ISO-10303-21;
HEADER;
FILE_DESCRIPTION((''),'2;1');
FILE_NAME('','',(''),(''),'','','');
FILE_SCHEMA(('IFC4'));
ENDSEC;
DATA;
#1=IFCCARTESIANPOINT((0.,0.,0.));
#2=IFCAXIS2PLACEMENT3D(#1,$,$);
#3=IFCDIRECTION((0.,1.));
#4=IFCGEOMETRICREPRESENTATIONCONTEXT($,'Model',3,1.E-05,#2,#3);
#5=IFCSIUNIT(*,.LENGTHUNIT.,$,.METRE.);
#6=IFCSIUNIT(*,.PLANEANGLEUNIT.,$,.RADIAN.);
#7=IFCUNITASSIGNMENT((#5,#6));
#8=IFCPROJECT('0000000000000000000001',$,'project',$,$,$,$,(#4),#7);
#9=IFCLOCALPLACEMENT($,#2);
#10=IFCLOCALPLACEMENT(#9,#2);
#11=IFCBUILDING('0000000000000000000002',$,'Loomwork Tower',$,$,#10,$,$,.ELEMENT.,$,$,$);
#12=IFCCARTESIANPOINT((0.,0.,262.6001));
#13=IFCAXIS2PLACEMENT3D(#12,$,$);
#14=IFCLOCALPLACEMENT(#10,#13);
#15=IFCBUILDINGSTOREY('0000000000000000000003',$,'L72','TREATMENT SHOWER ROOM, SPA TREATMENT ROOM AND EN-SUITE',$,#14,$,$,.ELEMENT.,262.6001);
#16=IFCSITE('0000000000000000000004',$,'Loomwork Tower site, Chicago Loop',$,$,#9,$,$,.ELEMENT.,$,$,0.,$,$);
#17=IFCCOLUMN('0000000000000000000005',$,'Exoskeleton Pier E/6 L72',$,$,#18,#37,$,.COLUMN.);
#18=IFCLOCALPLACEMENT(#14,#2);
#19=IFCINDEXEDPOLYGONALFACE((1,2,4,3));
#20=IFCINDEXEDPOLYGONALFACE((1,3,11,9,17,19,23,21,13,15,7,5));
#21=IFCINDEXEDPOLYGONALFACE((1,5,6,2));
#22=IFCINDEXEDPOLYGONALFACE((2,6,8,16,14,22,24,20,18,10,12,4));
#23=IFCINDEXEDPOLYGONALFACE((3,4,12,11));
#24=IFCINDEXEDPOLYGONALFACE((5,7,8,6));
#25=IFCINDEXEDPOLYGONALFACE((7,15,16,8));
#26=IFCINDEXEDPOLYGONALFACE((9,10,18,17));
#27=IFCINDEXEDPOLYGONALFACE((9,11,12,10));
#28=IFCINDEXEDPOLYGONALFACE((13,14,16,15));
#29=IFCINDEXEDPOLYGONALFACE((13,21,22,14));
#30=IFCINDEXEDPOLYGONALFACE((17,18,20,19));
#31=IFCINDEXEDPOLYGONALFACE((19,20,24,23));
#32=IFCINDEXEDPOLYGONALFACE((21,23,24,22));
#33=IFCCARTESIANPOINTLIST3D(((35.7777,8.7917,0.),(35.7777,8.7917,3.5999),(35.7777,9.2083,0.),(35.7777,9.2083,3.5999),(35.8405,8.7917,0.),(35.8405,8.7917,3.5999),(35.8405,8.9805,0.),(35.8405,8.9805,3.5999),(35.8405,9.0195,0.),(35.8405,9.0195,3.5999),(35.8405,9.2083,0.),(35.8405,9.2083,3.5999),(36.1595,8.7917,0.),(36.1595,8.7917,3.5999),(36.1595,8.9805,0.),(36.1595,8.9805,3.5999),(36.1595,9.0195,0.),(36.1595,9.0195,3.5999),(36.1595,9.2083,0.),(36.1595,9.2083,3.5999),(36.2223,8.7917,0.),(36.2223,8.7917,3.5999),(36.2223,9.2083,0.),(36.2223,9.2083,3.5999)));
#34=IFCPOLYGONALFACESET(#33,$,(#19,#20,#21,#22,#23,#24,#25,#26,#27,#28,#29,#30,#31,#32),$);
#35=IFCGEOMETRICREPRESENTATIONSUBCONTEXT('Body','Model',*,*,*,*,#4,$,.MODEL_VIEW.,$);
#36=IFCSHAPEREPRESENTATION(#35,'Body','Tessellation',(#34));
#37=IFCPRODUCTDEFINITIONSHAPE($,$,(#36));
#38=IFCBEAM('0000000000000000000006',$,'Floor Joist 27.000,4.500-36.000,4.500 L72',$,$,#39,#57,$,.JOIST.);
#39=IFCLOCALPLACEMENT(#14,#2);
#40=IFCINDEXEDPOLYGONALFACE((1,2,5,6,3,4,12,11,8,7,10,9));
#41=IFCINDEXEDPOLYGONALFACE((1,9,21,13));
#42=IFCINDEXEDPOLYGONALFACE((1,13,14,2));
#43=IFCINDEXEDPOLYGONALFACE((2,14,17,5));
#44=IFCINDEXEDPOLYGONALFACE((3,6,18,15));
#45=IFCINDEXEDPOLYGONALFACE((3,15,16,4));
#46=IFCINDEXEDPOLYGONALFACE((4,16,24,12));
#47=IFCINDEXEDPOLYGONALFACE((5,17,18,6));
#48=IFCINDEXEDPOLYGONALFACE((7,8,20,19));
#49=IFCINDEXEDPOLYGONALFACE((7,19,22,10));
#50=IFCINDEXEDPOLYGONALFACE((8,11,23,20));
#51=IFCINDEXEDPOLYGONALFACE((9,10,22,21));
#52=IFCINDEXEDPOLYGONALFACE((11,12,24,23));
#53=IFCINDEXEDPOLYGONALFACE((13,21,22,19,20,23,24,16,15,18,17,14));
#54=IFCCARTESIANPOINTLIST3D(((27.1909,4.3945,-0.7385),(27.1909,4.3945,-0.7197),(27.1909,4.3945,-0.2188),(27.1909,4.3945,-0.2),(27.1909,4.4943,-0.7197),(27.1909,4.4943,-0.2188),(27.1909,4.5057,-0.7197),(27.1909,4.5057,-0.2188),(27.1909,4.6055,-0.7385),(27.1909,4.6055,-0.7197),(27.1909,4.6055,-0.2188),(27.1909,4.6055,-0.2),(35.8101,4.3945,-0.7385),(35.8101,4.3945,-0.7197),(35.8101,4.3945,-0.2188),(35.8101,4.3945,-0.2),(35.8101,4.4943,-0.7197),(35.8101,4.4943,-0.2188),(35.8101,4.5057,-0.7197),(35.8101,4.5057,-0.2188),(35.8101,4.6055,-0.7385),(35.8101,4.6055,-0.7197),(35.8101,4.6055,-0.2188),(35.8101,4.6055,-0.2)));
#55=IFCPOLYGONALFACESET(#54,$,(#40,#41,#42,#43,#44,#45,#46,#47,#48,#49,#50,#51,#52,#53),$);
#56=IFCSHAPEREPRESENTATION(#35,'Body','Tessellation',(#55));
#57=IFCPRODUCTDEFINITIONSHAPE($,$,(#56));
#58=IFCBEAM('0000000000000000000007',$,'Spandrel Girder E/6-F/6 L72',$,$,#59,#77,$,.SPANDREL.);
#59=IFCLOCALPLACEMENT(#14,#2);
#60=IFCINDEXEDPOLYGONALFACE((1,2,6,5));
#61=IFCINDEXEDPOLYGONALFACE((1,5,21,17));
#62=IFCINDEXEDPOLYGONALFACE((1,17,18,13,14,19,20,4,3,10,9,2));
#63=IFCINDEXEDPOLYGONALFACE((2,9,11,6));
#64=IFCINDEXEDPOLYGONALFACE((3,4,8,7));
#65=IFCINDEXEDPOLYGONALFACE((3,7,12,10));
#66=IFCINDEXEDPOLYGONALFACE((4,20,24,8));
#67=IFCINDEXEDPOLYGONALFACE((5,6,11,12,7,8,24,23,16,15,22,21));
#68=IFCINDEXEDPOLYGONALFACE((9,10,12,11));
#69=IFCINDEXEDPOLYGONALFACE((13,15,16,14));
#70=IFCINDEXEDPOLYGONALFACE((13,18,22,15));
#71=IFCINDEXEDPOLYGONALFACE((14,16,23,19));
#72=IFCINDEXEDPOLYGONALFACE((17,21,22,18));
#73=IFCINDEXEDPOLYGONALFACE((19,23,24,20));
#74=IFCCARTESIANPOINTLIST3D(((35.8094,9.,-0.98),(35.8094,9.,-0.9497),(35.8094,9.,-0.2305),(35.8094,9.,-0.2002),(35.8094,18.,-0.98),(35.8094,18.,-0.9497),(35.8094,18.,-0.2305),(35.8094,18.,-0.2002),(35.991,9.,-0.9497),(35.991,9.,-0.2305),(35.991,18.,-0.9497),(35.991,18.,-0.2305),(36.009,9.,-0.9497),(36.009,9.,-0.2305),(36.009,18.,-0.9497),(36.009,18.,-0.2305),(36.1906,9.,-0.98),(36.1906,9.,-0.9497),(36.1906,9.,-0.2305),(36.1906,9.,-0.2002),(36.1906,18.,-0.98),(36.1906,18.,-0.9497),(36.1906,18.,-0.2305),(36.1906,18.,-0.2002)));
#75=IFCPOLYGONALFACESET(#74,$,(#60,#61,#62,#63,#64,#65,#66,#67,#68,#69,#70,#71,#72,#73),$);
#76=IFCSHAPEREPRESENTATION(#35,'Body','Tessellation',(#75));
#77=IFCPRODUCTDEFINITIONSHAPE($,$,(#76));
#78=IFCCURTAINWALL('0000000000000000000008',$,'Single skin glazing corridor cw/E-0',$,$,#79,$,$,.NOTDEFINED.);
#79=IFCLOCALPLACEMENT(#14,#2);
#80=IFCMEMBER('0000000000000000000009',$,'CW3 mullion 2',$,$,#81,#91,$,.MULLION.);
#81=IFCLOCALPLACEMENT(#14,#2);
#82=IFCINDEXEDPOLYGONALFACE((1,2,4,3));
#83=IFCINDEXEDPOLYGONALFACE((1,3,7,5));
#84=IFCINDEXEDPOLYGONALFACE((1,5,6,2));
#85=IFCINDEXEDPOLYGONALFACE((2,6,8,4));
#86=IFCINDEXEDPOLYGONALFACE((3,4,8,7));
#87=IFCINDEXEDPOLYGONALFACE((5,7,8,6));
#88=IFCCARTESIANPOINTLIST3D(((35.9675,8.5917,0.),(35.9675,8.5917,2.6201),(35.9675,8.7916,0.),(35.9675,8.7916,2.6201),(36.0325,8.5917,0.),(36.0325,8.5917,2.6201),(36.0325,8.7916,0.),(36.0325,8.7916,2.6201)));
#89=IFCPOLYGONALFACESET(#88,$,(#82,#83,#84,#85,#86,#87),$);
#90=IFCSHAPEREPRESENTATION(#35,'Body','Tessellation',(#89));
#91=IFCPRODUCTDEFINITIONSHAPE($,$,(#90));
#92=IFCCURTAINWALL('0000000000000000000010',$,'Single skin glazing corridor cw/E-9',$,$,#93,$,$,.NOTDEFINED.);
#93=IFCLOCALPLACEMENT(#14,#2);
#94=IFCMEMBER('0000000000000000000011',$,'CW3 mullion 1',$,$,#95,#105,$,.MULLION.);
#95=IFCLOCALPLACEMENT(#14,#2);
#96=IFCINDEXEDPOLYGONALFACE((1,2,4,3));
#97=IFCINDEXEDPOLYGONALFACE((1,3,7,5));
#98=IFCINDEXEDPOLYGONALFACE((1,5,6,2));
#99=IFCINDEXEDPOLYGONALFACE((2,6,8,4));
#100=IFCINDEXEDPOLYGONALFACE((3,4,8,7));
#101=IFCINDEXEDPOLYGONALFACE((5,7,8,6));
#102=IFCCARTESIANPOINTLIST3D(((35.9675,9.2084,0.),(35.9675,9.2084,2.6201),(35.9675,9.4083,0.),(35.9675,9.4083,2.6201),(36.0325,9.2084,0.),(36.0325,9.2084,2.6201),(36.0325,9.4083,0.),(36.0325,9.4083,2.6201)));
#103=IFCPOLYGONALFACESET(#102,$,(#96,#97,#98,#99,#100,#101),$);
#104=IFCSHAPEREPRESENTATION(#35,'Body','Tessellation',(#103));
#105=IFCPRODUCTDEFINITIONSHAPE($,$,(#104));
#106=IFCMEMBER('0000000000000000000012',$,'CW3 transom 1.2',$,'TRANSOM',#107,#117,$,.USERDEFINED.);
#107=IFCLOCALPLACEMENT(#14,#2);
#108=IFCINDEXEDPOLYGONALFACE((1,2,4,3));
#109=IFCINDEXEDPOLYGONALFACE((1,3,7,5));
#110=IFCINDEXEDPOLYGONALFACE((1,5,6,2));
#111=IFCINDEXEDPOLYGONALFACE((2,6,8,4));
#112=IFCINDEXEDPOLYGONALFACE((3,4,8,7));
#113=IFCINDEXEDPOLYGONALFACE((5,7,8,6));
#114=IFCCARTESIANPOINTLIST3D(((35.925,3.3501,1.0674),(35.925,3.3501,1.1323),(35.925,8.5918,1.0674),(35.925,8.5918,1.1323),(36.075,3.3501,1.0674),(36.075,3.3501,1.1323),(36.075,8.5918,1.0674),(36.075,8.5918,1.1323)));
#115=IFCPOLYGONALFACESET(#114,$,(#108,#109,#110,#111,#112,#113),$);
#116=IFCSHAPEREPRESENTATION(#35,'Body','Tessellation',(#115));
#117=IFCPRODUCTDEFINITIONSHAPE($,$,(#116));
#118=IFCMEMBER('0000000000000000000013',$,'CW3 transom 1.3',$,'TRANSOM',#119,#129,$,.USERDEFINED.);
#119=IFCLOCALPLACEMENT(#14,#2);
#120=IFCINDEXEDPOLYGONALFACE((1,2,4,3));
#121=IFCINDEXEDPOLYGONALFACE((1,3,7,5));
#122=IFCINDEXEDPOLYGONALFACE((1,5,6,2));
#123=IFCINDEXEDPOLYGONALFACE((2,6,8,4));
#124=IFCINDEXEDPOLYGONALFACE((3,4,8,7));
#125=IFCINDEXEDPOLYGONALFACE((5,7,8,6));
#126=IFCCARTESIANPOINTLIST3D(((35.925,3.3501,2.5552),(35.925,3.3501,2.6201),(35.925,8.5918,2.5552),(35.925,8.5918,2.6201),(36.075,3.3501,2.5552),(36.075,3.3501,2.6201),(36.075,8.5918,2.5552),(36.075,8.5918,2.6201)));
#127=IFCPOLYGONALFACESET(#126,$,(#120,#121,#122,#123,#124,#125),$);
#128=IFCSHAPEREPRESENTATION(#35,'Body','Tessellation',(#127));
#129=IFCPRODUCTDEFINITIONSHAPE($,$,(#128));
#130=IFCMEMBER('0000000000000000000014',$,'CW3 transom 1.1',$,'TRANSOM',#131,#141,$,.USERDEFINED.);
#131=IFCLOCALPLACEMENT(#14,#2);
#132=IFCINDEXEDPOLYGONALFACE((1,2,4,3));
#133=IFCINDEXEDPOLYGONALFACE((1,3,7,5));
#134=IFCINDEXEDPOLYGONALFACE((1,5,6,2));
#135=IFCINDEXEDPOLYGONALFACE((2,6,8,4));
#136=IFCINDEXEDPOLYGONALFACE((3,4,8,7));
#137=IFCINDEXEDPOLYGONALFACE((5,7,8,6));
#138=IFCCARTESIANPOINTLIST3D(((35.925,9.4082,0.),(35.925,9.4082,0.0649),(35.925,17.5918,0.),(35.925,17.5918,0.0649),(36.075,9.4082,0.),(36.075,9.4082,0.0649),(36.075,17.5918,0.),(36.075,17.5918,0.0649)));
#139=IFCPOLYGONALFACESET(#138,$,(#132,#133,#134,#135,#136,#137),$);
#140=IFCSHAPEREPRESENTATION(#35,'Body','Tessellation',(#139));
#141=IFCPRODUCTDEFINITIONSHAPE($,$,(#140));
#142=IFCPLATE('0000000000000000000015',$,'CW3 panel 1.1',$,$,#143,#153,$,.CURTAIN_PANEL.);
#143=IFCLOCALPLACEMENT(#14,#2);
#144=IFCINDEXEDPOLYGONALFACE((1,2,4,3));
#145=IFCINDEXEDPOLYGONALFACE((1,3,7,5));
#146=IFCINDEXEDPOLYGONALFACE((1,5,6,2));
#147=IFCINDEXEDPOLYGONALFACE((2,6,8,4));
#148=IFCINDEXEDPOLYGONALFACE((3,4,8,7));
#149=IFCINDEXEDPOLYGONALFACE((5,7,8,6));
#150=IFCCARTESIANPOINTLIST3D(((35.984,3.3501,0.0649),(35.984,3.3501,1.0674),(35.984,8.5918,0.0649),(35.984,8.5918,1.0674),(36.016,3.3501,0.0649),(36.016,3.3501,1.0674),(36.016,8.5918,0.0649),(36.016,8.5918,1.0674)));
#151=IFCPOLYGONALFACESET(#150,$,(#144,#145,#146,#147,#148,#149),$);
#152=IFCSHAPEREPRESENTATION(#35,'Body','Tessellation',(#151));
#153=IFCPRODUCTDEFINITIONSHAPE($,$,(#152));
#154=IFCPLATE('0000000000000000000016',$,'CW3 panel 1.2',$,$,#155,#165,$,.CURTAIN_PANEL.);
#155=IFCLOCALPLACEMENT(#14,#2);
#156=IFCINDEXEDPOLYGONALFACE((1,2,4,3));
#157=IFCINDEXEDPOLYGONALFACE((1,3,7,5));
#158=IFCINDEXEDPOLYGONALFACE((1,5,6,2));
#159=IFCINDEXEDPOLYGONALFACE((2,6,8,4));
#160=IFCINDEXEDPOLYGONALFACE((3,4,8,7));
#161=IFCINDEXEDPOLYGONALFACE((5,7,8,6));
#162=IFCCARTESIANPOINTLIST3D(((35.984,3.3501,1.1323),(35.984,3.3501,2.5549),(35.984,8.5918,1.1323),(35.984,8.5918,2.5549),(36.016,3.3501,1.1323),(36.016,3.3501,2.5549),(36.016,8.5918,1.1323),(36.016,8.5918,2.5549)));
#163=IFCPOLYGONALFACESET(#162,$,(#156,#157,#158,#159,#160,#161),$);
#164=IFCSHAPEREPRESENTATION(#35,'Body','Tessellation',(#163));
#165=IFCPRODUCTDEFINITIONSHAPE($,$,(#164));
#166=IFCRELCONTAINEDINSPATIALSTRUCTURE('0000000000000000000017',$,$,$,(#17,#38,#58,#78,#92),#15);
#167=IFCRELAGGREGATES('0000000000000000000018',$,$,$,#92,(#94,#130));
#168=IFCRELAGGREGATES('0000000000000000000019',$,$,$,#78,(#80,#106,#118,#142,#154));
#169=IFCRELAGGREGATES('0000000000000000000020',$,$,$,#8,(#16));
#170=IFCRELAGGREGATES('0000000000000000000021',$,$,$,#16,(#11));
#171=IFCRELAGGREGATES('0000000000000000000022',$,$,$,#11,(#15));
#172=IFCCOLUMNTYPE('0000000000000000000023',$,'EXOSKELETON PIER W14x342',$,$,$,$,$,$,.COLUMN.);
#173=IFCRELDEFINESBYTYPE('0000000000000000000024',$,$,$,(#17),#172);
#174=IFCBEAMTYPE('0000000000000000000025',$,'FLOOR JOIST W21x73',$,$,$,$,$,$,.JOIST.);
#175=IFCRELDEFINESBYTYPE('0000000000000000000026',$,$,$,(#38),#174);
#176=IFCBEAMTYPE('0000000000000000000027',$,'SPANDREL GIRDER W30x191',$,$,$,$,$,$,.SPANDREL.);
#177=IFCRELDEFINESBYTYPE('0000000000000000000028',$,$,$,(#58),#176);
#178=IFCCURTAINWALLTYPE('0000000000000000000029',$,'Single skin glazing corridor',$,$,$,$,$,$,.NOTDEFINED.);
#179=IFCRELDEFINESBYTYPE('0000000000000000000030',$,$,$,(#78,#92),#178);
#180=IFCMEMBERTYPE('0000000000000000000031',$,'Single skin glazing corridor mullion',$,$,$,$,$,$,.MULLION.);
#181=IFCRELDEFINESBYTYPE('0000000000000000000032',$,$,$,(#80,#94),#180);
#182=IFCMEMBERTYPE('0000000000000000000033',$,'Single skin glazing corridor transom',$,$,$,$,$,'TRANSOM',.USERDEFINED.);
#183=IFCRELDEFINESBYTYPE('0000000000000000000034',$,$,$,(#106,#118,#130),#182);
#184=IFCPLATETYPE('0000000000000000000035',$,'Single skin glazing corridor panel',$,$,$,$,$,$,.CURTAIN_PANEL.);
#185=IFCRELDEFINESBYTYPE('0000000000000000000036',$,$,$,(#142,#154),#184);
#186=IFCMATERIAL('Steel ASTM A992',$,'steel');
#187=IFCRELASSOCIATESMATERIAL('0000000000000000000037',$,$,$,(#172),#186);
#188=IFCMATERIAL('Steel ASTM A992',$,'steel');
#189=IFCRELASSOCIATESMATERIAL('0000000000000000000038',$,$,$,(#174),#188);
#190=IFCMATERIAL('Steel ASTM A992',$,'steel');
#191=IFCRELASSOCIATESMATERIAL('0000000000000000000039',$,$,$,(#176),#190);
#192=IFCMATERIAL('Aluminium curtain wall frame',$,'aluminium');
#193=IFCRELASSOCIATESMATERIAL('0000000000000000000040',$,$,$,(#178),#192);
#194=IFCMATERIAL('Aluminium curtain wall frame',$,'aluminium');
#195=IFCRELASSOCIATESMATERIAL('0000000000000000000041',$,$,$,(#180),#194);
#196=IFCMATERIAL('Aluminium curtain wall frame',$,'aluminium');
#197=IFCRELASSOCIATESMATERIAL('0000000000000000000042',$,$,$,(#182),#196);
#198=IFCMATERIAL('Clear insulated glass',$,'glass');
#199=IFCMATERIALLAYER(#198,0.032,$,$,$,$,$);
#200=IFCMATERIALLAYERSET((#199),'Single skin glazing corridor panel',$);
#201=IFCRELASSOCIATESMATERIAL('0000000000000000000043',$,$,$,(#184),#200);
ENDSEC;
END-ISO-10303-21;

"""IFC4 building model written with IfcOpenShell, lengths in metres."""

from ifc_helpers import new_model, si_unit, direction, frame, origin, origin_2d, place, context, subcontext, project, spatial, rectangle, i_section, extrude, material, layer, layer_set, material_profile, profile_set, type_object, element, aggregate, save


model = new_model("IFC4")

# Units and contexts
model_context = context("Model", 3, precision=1e-05, world=origin(), true_north=direction((0.0, 1.0)))
body_context = subcontext(model_context, "Body", "Model", "MODEL_VIEW")
ifc_project = project(units=[si_unit("LENGTHUNIT", "METRE"), si_unit("PLANEANGLEUNIT", "RADIAN")], contexts=[model_context])

# Site, building, storey
site_placement = place(None, origin())
site = spatial("IfcSite", under=ifc_project, at=site_placement, Name="Loomwork Tower site, Chicago Loop", CompositionType="ELEMENT", RefElevation=0.0)
building_placement = place(site_placement, origin())
building = spatial("IfcBuilding", under=site, at=building_placement, Name="Loomwork Tower", CompositionType="ELEMENT")
storey_placement = place(building_placement, frame((0.0, 0.0, 262.6001)))
storey = spatial("IfcBuildingStorey", under=building, at=storey_placement, Name="L72", Description="TREATMENT SHOWER ROOM, SPA TREATMENT ROOM AND EN-SUITE", CompositionType="ELEMENT", Elevation=262.6001)

# Column
ifc_material_1 = material(Name="Steel ASTM A992", Category="steel")
ifc_material_profile_1 = material_profile(ifc_material_1, i_section(OverallWidth=0.4165, OverallDepth=0.4446, WebThickness=0.0391, FlangeThickness=0.0627, at=origin_2d()), Name="W14x342")
ifc_profile_set_1 = profile_set([ifc_material_profile_1], Name="Steel ASTM A992")
column_type = type_object("IfcColumnType", Name="EXOSKELETON PIER W14x342", PredefinedType="COLUMN", material=ifc_profile_set_1)
column_placement = place(storey_placement, frame((36.0, 9.0, 0.0), z_axis=(0.0, 0.0, 1.0), x_axis=(0.0, 1.0, 0.0)))
element("IfcColumn", 1, at=column_placement, inside=storey, type_object=column_type, Name="Exoskeleton Pier E/6 L72", PredefinedType="COLUMN", context=body_context, shape_type="SweptSolid", body=[
    extrude(i_section(OverallWidth=0.4165, OverallDepth=0.4446, WebThickness=0.0391, FlangeThickness=0.0627, at=origin_2d()), origin(), (0.0, 0.0, 1.0), 3.5999),
])

# Beams
ifc_material_2 = material(Name="Steel ASTM A992", Category="steel")
ifc_material_profile_2 = material_profile(ifc_material_2, i_section(OverallWidth=0.2109, OverallDepth=0.5386, WebThickness=0.0115, FlangeThickness=0.0188, at=origin_2d()), Name="W21x73")
ifc_profile_set_2 = profile_set([ifc_material_profile_2], Name="Steel ASTM A992")
beam_type_1 = type_object("IfcBeamType", Name="FLOOR JOIST W21x73", PredefinedType="JOIST", material=ifc_profile_set_2)
beam_1_placement = place(storey_placement, frame((27.1909, 4.5, -0.4692), z_axis=(1.0, 0.0, 0.0), x_axis=(0.0, 1.0, 0.0)))
element("IfcBeam", 2, at=beam_1_placement, inside=storey, type_object=beam_type_1, Name="Floor Joist 27.000,4.500-36.000,4.500 L72", PredefinedType="JOIST", context=body_context, shape_type="SweptSolid", body=[
    extrude(i_section(OverallWidth=0.2109, OverallDepth=0.5386, WebThickness=0.0115, FlangeThickness=0.0188, at=origin_2d()), origin(), (0.0, 0.0, 1.0), 8.6191),
])
ifc_material_3 = material(Name="Steel ASTM A992", Category="steel")
ifc_material_profile_3 = material_profile(ifc_material_3, i_section(OverallWidth=0.3811, OverallDepth=0.7798, WebThickness=0.0181, FlangeThickness=0.0303, at=origin_2d()), Name="W30x191")
ifc_profile_set_3 = profile_set([ifc_material_profile_3], Name="Steel ASTM A992")
beam_type_2 = type_object("IfcBeamType", Name="SPANDREL GIRDER W30x191", PredefinedType="SPANDREL", material=ifc_profile_set_3)
beam_2_placement = place(storey_placement, frame((36.0, 9.0, -0.5901), z_axis=(0.0, 1.0, 0.0), x_axis=(-1.0, 0.0, 0.0)))
element("IfcBeam", 3, at=beam_2_placement, inside=storey, type_object=beam_type_2, Name="Spandrel Girder E/6-F/6 L72", PredefinedType="SPANDREL", context=body_context, shape_type="SweptSolid", body=[
    extrude(i_section(OverallWidth=0.3811, OverallDepth=0.7798, WebThickness=0.0181, FlangeThickness=0.0303, at=origin_2d()), origin(), (0.0, 0.0, 1.0), 9.0),
])

# Curtain walls, members
ifc_material_4 = material(Name="Aluminium curtain wall frame", Category="aluminium")
curtain_wall_type = type_object("IfcCurtainWallType", Name="Single skin glazing corridor", PredefinedType="NOTDEFINED", material=ifc_material_4)
curtain_wall_1_placement = place(storey_placement, origin())
curtain_wall_1 = element("IfcCurtainWall", 4, at=curtain_wall_1_placement, inside=storey, type_object=curtain_wall_type, Name="Single skin glazing corridor cw/E-0", PredefinedType="NOTDEFINED")
ifc_material_5 = material(Name="Aluminium curtain wall frame", Category="aluminium")
ifc_material_profile_4 = material_profile(ifc_material_5, rectangle(XDim=0.0649, YDim=0.2, at=origin_2d()), Name="AL 65x200")
ifc_profile_set_4 = profile_set([ifc_material_profile_4], Name="Aluminium curtain wall frame")
member_type_1 = type_object("IfcMemberType", Name="Single skin glazing corridor mullion", PredefinedType="MULLION", material=ifc_profile_set_4)
member_1_placement = place(storey_placement, frame((36.0, 8.6917, 0.0), z_axis=(0.0, 0.0, 1.0), x_axis=(-1.0, 0.0, 0.0)))
member_1 = element("IfcMember", 5, at=member_1_placement, type_object=member_type_1, Name="CW3 mullion 2", PredefinedType="MULLION", context=body_context, shape_type="SweptSolid", body=[
    extrude(rectangle(XDim=0.0649, YDim=0.2, at=origin_2d()), origin(), (0.0, 0.0, 1.0), 2.6201),
])
curtain_wall_2_placement = place(storey_placement, origin())
curtain_wall_2 = element("IfcCurtainWall", 6, at=curtain_wall_2_placement, inside=storey, type_object=curtain_wall_type, Name="Single skin glazing corridor cw/E-9", PredefinedType="NOTDEFINED")
member_2_placement = place(storey_placement, frame((36.0, 9.3083, 0.0), z_axis=(0.0, 0.0, 1.0), x_axis=(-1.0, 0.0, 0.0)))
member_2 = element("IfcMember", 7, at=member_2_placement, type_object=member_type_1, Name="CW3 mullion 1", PredefinedType="MULLION", context=body_context, shape_type="SweptSolid", body=[
    extrude(rectangle(XDim=0.0649, YDim=0.2, at=origin_2d()), origin(), (0.0, 0.0, 1.0), 2.6201),
])

# Members
ifc_material_6 = material(Name="Aluminium curtain wall frame", Category="aluminium")
ifc_material_profile_5 = material_profile(ifc_material_6, rectangle(XDim=0.1499, YDim=0.0649, at=origin_2d()), Name="AL 65x150")
ifc_profile_set_5 = profile_set([ifc_material_profile_5], Name="Aluminium curtain wall frame")
member_type_2 = type_object("IfcMemberType", Name="Single skin glazing corridor transom", ElementType="TRANSOM", PredefinedType="USERDEFINED", material=ifc_profile_set_5)
member_3_placement = place(storey_placement, frame((36.0, 3.3501, 1.0999), z_axis=(0.0, 1.0, 0.0), x_axis=(-1.0, 0.0, 0.0)))
member_3 = element("IfcMember", 8, at=member_3_placement, type_object=member_type_2, Name="CW3 transom 1.2", ObjectType="TRANSOM", PredefinedType="USERDEFINED", context=body_context, shape_type="SweptSolid", body=[
    extrude(rectangle(XDim=0.1499, YDim=0.0649, at=origin_2d()), origin(), (0.0, 0.0, 1.0), 5.2417),
])
member_4_placement = place(storey_placement, frame((36.0, 3.3501, 2.5876), z_axis=(0.0, 1.0, 0.0), x_axis=(-1.0, 0.0, 0.0)))
member_4 = element("IfcMember", 9, at=member_4_placement, type_object=member_type_2, Name="CW3 transom 1.3", ObjectType="TRANSOM", PredefinedType="USERDEFINED", context=body_context, shape_type="SweptSolid", body=[
    extrude(rectangle(XDim=0.1499, YDim=0.0649, at=origin_2d()), origin(), (0.0, 0.0, 1.0), 5.2417),
])
member_5_placement = place(storey_placement, frame((36.0, 9.4082, 0.0325), z_axis=(0.0, 1.0, 0.0), x_axis=(-1.0, 0.0, 0.0)))
member_5 = element("IfcMember", 10, at=member_5_placement, type_object=member_type_2, Name="CW3 transom 1.1", ObjectType="TRANSOM", PredefinedType="USERDEFINED", context=body_context, shape_type="SweptSolid", body=[
    extrude(rectangle(XDim=0.1499, YDim=0.0649, at=origin_2d()), origin(), (0.0, 0.0, 1.0), 8.1836),
])
aggregate(curtain_wall_2, [member_2, member_5])

# Plates
ifc_material_7 = material(Name="Clear insulated glass", Category="glass")
ifc_layer_1 = layer(ifc_material_7, 0.032)
ifc_layer_set_1 = layer_set([ifc_layer_1], Name="Single skin glazing corridor panel")
plate_type = type_object("IfcPlateType", Name="Single skin glazing corridor panel", PredefinedType="CURTAIN_PANEL", material=ifc_layer_set_1)
plate_1_placement = place(storey_placement, frame((36.0, 5.9709, 0.0649), z_axis=(0.0, 0.0, 1.0), x_axis=(0.0, 1.0, 0.0)))
plate_1 = element("IfcPlate", 11, at=plate_1_placement, type_object=plate_type, Name="CW3 panel 1.1", PredefinedType="CURTAIN_PANEL", context=body_context, shape_type="SweptSolid", body=[
    extrude(rectangle(XDim=5.2417, YDim=0.032, at=origin_2d()), origin(), (0.0, 0.0, 1.0), 1.0024),
])
plate_2_placement = place(storey_placement, frame((36.0, 5.9709, 1.1323), z_axis=(0.0, 0.0, 1.0), x_axis=(0.0, 1.0, 0.0)))
plate_2 = element("IfcPlate", 12, at=plate_2_placement, type_object=plate_type, Name="CW3 panel 1.2", PredefinedType="CURTAIN_PANEL", context=body_context, shape_type="SweptSolid", body=[
    extrude(rectangle(XDim=5.2417, YDim=0.032, at=origin_2d()), origin(), (0.0, 0.0, 1.0), 1.4226),
])
aggregate(curtain_wall_1, [member_1, member_3, member_4, plate_1, plate_2])

save(model, "model.ifc")
